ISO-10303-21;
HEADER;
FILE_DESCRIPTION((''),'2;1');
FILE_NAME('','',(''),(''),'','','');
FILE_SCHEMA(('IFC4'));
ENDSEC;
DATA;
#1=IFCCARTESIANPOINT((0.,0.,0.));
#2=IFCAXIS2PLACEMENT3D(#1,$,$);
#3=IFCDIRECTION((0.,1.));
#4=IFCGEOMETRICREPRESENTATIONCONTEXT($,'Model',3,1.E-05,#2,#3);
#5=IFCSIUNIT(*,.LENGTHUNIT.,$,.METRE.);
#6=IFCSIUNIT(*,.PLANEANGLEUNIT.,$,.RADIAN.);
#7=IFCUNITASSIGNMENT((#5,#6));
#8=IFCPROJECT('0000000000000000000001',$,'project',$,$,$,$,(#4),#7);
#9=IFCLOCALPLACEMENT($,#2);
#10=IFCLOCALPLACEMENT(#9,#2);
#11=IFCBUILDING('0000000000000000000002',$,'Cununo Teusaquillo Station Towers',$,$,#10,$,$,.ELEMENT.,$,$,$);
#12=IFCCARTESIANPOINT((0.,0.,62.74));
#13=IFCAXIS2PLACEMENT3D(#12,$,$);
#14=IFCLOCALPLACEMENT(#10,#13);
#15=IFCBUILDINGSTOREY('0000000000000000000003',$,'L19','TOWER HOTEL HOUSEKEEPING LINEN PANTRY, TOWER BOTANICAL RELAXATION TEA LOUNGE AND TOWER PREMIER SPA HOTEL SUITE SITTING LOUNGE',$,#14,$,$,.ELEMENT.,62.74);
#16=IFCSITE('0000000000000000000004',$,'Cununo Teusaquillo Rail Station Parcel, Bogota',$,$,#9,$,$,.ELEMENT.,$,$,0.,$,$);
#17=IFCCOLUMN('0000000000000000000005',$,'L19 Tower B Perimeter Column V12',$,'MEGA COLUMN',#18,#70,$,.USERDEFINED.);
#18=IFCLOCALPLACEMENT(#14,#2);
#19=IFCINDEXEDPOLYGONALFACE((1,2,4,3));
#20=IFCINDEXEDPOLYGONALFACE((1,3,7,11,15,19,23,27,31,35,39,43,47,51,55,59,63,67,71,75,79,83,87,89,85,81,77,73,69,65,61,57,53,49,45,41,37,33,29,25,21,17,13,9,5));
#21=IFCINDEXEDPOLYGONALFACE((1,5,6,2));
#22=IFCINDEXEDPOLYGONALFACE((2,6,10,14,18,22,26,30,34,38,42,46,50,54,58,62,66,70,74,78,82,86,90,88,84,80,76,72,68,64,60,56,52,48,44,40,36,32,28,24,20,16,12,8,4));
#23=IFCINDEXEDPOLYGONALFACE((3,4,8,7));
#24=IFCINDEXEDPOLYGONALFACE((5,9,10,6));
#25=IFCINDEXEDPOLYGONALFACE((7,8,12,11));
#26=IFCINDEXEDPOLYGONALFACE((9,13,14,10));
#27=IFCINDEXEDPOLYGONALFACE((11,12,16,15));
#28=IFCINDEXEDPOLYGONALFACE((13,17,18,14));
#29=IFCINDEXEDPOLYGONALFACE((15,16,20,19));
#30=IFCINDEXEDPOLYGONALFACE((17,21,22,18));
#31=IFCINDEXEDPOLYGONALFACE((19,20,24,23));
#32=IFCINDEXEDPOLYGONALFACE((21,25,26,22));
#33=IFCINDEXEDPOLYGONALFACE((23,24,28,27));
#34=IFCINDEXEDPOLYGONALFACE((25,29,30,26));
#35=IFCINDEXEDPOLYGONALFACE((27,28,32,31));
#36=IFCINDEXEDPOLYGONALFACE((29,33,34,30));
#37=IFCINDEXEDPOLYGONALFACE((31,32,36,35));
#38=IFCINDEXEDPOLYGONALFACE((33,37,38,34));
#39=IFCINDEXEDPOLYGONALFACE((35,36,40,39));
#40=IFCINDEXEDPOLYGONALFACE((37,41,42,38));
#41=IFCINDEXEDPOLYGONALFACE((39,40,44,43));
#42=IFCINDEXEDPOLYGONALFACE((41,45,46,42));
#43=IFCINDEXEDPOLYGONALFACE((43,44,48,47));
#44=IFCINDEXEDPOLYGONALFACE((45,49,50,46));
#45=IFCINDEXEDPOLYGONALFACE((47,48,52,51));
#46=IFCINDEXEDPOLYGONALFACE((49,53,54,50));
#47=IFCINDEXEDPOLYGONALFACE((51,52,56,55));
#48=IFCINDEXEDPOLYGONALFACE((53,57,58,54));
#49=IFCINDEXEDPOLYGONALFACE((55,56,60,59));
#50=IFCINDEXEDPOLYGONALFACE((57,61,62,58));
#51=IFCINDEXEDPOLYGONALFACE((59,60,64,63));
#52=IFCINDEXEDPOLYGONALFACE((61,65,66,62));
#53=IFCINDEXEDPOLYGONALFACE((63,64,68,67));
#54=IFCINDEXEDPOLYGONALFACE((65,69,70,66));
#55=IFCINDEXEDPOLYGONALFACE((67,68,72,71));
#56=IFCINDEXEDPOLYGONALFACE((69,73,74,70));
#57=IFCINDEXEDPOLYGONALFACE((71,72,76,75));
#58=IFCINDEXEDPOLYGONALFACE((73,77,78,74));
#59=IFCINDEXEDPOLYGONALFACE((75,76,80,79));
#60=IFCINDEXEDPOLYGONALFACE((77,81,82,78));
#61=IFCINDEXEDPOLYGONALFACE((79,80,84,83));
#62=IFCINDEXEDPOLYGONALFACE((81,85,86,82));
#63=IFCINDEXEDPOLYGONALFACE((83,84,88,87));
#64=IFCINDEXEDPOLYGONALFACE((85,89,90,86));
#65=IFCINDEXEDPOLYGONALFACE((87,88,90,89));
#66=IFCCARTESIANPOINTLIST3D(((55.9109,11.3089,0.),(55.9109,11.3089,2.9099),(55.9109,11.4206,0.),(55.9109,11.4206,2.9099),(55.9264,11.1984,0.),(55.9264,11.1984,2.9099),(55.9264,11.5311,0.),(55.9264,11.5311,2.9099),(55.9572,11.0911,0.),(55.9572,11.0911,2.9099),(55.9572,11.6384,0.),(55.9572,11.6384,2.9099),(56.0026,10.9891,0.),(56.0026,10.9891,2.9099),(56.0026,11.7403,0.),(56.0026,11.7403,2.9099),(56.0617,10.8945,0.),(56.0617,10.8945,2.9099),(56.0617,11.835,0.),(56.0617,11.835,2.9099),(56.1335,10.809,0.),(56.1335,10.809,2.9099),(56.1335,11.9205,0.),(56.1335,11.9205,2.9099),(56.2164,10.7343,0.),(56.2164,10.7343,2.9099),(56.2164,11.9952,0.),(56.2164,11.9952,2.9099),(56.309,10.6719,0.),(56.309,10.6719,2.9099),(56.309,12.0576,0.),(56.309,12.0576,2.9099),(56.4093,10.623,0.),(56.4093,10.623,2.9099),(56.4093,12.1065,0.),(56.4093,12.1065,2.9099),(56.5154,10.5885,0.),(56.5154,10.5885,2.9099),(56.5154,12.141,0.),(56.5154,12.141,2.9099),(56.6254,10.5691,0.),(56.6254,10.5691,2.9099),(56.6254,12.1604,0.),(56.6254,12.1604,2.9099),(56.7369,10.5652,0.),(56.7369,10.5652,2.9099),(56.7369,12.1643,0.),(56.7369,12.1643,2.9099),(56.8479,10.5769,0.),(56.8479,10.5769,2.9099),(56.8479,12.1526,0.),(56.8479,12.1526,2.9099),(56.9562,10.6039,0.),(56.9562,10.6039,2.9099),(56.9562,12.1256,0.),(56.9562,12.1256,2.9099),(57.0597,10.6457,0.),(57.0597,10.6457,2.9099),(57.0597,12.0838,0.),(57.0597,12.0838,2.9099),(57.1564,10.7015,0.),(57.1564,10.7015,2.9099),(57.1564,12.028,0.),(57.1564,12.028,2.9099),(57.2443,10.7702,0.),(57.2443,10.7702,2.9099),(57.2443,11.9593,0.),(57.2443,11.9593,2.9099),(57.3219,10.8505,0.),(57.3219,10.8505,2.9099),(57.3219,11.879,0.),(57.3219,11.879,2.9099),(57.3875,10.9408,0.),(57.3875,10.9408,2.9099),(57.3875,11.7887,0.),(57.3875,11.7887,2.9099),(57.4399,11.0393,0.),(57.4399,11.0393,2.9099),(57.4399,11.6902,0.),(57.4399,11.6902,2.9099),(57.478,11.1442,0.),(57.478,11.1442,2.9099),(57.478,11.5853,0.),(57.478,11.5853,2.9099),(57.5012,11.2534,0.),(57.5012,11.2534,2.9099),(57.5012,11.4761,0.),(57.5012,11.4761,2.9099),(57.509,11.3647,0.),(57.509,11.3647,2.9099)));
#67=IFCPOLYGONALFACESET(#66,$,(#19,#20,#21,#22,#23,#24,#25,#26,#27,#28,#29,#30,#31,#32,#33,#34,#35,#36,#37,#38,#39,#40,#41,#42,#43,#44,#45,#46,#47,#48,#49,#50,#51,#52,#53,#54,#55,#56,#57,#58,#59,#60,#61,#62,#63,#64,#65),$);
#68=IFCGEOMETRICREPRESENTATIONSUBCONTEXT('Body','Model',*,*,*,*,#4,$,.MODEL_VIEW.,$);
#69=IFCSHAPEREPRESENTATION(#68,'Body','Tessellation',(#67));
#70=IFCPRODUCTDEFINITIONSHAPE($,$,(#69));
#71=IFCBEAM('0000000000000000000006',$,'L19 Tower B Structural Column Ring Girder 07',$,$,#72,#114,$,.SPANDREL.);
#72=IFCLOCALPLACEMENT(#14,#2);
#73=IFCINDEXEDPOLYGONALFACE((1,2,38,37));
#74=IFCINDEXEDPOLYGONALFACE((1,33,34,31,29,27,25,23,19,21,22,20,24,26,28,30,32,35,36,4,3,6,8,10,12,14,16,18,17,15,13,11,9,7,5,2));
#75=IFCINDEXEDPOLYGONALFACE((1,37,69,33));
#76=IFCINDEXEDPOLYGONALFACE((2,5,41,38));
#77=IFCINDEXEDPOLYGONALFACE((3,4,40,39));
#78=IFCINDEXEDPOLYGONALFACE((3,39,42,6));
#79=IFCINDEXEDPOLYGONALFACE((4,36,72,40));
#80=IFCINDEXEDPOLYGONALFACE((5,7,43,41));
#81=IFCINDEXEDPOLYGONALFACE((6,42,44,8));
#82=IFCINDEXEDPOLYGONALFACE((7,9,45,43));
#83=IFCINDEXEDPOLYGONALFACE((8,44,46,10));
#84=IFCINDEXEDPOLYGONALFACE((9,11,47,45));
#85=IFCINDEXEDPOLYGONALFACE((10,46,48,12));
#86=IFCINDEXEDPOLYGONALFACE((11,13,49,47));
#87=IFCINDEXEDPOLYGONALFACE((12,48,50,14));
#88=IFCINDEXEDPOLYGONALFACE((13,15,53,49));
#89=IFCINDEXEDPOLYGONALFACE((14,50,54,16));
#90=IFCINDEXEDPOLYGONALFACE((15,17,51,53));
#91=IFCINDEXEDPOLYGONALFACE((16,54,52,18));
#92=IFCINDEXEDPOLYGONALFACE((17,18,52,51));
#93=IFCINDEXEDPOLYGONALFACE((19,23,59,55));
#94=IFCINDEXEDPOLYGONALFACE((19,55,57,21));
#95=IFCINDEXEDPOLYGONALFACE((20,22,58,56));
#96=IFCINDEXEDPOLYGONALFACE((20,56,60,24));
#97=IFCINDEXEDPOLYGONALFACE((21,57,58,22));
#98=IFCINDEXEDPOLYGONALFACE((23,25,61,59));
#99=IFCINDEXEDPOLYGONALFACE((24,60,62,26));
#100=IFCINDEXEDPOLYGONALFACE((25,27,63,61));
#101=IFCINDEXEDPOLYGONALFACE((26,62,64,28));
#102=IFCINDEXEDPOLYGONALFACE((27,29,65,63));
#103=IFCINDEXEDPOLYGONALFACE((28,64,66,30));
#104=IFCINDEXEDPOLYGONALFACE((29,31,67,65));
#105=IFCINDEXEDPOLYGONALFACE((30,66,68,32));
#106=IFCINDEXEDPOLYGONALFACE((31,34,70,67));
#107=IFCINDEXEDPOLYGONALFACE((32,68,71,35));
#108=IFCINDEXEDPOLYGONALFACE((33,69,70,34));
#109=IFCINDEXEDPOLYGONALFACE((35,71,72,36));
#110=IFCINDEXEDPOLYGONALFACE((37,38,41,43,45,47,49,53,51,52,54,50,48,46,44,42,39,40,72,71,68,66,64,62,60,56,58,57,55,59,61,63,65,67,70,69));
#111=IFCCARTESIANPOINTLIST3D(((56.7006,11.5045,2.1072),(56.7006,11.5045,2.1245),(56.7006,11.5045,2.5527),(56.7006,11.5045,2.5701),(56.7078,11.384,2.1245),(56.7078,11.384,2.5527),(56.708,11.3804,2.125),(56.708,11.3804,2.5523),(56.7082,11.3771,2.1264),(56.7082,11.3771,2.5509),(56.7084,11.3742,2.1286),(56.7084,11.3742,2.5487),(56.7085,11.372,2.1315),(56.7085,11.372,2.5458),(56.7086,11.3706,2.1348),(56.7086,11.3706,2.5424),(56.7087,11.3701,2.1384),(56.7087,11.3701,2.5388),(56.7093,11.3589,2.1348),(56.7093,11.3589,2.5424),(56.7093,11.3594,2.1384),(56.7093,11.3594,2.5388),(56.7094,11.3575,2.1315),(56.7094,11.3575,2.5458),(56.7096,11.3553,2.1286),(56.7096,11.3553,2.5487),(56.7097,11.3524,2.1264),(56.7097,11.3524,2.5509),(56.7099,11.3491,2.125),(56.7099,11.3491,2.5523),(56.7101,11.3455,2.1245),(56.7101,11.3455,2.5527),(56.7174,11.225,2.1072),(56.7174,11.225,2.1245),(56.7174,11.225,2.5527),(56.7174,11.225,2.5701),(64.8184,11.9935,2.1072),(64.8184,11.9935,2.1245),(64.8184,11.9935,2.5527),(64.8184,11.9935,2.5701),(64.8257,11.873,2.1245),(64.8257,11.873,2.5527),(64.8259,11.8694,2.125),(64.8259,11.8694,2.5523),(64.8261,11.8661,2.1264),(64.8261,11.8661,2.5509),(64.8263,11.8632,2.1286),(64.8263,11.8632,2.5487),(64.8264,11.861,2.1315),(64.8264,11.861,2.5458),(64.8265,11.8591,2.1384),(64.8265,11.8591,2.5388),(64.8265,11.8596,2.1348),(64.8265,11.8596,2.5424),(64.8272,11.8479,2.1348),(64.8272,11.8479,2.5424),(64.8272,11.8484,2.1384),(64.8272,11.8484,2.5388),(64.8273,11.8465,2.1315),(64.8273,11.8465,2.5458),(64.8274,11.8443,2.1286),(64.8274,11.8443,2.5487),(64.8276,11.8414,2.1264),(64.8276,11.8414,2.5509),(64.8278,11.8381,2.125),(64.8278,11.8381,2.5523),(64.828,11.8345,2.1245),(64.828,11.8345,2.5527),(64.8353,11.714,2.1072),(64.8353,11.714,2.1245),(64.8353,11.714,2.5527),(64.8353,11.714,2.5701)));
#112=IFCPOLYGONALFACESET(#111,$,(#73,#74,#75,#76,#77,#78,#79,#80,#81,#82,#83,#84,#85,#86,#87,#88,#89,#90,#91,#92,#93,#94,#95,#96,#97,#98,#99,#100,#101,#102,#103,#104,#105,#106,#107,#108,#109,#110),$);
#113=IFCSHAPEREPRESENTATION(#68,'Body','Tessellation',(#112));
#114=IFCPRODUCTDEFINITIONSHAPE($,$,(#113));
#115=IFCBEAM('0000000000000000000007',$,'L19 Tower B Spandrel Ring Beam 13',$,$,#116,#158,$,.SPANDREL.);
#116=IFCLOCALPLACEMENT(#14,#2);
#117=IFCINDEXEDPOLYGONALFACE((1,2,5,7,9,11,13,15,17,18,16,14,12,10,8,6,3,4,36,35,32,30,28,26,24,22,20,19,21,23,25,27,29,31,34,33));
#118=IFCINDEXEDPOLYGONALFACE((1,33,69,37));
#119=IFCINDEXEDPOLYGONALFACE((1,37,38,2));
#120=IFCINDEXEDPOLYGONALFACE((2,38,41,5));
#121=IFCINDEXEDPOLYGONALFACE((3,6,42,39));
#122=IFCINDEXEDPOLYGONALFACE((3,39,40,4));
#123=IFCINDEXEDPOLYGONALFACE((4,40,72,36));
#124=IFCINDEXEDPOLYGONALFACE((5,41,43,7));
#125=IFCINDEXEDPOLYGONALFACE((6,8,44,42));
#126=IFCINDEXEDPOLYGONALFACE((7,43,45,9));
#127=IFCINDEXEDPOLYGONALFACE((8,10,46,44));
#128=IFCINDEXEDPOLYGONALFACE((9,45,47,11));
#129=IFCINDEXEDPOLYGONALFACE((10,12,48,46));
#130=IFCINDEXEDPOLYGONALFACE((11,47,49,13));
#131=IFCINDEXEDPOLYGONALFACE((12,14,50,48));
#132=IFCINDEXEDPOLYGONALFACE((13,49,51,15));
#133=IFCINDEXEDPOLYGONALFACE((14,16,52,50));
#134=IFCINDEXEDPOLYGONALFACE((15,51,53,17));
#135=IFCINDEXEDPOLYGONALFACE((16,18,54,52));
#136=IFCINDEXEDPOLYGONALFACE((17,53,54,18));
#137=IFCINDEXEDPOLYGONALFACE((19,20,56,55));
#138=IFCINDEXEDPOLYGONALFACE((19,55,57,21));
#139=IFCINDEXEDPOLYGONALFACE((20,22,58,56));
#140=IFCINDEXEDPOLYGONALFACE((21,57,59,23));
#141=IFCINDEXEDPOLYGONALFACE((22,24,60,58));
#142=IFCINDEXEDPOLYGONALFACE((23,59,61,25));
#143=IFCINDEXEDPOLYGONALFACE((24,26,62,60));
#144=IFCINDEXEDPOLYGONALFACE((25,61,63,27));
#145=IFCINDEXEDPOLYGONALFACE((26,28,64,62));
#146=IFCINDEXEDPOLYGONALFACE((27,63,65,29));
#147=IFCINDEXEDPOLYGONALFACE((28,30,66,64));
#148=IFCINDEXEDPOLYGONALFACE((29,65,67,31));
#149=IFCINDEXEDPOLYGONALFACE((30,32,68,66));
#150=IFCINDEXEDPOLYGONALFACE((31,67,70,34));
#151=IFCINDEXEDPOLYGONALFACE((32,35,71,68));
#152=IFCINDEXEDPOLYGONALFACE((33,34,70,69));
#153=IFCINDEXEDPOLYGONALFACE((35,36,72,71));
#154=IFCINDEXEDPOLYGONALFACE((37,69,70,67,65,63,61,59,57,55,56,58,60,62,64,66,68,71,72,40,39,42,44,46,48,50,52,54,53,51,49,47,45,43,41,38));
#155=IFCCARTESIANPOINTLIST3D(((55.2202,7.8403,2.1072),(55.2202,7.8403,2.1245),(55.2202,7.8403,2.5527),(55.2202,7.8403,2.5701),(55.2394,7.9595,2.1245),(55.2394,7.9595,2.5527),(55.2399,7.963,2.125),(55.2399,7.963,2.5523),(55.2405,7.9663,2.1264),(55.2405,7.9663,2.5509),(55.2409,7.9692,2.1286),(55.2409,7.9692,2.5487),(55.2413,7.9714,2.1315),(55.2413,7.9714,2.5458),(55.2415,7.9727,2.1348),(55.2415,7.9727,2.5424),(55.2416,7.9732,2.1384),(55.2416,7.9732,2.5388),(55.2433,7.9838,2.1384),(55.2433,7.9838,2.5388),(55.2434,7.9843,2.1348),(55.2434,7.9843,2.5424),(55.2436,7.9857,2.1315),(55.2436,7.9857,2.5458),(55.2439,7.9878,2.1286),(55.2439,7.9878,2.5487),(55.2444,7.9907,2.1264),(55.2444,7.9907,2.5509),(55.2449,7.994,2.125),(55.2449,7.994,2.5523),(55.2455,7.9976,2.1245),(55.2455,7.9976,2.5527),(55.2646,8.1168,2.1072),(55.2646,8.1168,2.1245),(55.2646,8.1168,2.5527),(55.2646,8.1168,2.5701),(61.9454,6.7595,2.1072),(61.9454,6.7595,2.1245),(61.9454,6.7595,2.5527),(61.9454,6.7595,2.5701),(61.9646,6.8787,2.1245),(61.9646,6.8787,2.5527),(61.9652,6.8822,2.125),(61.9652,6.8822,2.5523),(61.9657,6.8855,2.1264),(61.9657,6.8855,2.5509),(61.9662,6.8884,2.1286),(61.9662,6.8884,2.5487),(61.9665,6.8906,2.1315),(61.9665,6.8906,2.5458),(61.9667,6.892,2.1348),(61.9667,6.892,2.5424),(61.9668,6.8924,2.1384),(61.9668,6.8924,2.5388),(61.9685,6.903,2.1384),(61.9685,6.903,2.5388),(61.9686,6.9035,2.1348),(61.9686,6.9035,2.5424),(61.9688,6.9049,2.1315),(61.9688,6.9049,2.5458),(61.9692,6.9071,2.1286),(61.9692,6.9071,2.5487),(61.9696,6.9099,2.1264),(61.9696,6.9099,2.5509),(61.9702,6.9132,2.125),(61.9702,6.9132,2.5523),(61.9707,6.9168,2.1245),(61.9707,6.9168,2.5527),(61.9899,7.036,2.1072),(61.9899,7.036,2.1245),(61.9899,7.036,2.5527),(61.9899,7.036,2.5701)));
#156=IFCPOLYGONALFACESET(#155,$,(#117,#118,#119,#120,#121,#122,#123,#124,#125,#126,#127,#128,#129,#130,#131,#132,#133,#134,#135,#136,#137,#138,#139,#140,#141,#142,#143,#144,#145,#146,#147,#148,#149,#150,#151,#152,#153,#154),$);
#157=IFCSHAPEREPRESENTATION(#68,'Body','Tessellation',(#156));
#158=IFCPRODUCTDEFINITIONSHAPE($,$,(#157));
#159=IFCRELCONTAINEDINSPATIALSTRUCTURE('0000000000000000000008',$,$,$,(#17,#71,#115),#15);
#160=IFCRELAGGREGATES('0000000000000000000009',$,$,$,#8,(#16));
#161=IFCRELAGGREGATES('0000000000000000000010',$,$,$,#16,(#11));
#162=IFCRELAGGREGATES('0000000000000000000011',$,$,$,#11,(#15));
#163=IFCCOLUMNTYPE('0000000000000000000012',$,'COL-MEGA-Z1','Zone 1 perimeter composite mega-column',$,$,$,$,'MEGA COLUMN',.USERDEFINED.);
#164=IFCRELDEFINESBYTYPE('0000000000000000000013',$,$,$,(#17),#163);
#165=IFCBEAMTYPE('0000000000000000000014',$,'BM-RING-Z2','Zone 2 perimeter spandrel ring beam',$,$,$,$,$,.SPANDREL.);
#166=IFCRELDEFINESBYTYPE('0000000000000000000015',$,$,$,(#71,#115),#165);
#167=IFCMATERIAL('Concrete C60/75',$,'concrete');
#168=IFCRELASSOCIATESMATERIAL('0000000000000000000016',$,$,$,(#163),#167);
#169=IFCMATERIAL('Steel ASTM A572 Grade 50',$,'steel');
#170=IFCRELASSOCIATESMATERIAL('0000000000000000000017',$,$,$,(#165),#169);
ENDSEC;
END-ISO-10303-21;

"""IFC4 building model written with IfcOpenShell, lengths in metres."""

from ifc_helpers import new_model, si_unit, direction, frame, origin, origin_2d, place, context, subcontext, project, spatial, circle, i_section, extrude, material, material_profile, profile_set, type_object, element, save


model = new_model("IFC4")

# Units and contexts
model_context = context("Model", 3, precision=1e-05, world=origin(), true_north=direction((0.0, 1.0)))
body_context = subcontext(model_context, "Body", "Model", "MODEL_VIEW")
ifc_project = project(units=[si_unit("LENGTHUNIT", "METRE"), si_unit("PLANEANGLEUNIT", "RADIAN")], contexts=[model_context])

# Site, building, storey
site_placement = place(None, origin())
site = spatial("IfcSite", under=ifc_project, at=site_placement, Name="Cununo Teusaquillo Rail Station Parcel, Bogota", CompositionType="ELEMENT", RefElevation=0.0)
building_placement = place(site_placement, origin())
building = spatial("IfcBuilding", under=site, at=building_placement, Name="Cununo Teusaquillo Station Towers", CompositionType="ELEMENT")
storey_placement = place(building_placement, frame((0.0, 0.0, 62.74)))
storey = spatial("IfcBuildingStorey", under=building, at=storey_placement, Name="L19", Description="TOWER HOTEL HOUSEKEEPING LINEN PANTRY, TOWER BOTANICAL RELAXATION TEA LOUNGE AND TOWER PREMIER SPA HOTEL SUITE SITTING LOUNGE", CompositionType="ELEMENT", Elevation=62.74)

# Column
ifc_material_1 = material(Name="Concrete C60/75", Category="concrete")
ifc_material_profile_1 = material_profile(ifc_material_1, circle(Radius=0.8, at=origin_2d()), Name="RC-CIRC-1600")
ifc_profile_set_1 = profile_set([ifc_material_profile_1], Name="Concrete C60/75")
column_type = type_object("IfcColumnType", Name="COL-MEGA-Z1", Description="Zone 1 perimeter composite mega-column", ElementType="MEGA COLUMN", PredefinedType="USERDEFINED", material=ifc_profile_set_1)
column_placement = place(storey_placement, frame((56.709, 11.3647, 0.0), z_axis=(0.0, 0.0, 1.0), x_axis=(1.0, 0.0, 0.0)))
element("IfcColumn", 1, at=column_placement, inside=storey, type_object=column_type, Name="L19 Tower B Perimeter Column V12", ObjectType="MEGA COLUMN", PredefinedType="USERDEFINED", context=body_context, shape_type="SweptSolid", body=[
    extrude(circle(Radius=0.8, at=origin_2d()), origin(), (0.0, 0.0, 1.0), 2.9099),
])

# Beams
ifc_material_2 = material(Name="Steel ASTM A572 Grade 50", Category="steel")
ifc_material_profile_2 = material_profile(ifc_material_2, i_section(OverallWidth=0.28, OverallDepth=0.4629, WebThickness=0.0107, FlangeThickness=0.0173, FilletRadius=0.0139, at=origin_2d()), Name="W18X76")
ifc_profile_set_2 = profile_set([ifc_material_profile_2], Name="Steel ASTM A572 Grade 50")
beam_type = type_object("IfcBeamType", Name="BM-RING-Z2", Description="Zone 2 perimeter spandrel ring beam", PredefinedType="SPANDREL", material=ifc_profile_set_2)
beam_1_placement = place(storey_placement, frame((56.709, 11.3647, 2.3386), z_axis=(0.998191, 0.06013, 0.0), x_axis=(-0.06013, 0.998191, 0.0)))
element("IfcBeam", 2, at=beam_1_placement, inside=storey, type_object=beam_type, Name="L19 Tower B Structural Column Ring Girder 07", PredefinedType="SPANDREL", context=body_context, shape_type="SweptSolid", body=[
    extrude(i_section(OverallWidth=0.28, OverallDepth=0.4629, WebThickness=0.0107, FlangeThickness=0.0173, FilletRadius=0.0139, at=origin_2d()), origin(), (0.0, 0.0, 1.0), 8.1326),
])
beam_2_placement = place(storey_placement, frame((55.2424, 7.9785, 2.3386), z_axis=(0.987331, -0.158671, 0.0), x_axis=(0.158671, 0.987331, 0.0)))
element("IfcBeam", 3, at=beam_2_placement, inside=storey, type_object=beam_type, Name="L19 Tower B Spandrel Ring Beam 13", PredefinedType="SPANDREL", context=body_context, shape_type="SweptSolid", body=[
    extrude(i_section(OverallWidth=0.28, OverallDepth=0.4629, WebThickness=0.0107, FlangeThickness=0.0173, FilletRadius=0.0139, at=origin_2d()), origin(), (0.0, 0.0, 1.0), 6.8115),
])

save(model, "model.ifc")
